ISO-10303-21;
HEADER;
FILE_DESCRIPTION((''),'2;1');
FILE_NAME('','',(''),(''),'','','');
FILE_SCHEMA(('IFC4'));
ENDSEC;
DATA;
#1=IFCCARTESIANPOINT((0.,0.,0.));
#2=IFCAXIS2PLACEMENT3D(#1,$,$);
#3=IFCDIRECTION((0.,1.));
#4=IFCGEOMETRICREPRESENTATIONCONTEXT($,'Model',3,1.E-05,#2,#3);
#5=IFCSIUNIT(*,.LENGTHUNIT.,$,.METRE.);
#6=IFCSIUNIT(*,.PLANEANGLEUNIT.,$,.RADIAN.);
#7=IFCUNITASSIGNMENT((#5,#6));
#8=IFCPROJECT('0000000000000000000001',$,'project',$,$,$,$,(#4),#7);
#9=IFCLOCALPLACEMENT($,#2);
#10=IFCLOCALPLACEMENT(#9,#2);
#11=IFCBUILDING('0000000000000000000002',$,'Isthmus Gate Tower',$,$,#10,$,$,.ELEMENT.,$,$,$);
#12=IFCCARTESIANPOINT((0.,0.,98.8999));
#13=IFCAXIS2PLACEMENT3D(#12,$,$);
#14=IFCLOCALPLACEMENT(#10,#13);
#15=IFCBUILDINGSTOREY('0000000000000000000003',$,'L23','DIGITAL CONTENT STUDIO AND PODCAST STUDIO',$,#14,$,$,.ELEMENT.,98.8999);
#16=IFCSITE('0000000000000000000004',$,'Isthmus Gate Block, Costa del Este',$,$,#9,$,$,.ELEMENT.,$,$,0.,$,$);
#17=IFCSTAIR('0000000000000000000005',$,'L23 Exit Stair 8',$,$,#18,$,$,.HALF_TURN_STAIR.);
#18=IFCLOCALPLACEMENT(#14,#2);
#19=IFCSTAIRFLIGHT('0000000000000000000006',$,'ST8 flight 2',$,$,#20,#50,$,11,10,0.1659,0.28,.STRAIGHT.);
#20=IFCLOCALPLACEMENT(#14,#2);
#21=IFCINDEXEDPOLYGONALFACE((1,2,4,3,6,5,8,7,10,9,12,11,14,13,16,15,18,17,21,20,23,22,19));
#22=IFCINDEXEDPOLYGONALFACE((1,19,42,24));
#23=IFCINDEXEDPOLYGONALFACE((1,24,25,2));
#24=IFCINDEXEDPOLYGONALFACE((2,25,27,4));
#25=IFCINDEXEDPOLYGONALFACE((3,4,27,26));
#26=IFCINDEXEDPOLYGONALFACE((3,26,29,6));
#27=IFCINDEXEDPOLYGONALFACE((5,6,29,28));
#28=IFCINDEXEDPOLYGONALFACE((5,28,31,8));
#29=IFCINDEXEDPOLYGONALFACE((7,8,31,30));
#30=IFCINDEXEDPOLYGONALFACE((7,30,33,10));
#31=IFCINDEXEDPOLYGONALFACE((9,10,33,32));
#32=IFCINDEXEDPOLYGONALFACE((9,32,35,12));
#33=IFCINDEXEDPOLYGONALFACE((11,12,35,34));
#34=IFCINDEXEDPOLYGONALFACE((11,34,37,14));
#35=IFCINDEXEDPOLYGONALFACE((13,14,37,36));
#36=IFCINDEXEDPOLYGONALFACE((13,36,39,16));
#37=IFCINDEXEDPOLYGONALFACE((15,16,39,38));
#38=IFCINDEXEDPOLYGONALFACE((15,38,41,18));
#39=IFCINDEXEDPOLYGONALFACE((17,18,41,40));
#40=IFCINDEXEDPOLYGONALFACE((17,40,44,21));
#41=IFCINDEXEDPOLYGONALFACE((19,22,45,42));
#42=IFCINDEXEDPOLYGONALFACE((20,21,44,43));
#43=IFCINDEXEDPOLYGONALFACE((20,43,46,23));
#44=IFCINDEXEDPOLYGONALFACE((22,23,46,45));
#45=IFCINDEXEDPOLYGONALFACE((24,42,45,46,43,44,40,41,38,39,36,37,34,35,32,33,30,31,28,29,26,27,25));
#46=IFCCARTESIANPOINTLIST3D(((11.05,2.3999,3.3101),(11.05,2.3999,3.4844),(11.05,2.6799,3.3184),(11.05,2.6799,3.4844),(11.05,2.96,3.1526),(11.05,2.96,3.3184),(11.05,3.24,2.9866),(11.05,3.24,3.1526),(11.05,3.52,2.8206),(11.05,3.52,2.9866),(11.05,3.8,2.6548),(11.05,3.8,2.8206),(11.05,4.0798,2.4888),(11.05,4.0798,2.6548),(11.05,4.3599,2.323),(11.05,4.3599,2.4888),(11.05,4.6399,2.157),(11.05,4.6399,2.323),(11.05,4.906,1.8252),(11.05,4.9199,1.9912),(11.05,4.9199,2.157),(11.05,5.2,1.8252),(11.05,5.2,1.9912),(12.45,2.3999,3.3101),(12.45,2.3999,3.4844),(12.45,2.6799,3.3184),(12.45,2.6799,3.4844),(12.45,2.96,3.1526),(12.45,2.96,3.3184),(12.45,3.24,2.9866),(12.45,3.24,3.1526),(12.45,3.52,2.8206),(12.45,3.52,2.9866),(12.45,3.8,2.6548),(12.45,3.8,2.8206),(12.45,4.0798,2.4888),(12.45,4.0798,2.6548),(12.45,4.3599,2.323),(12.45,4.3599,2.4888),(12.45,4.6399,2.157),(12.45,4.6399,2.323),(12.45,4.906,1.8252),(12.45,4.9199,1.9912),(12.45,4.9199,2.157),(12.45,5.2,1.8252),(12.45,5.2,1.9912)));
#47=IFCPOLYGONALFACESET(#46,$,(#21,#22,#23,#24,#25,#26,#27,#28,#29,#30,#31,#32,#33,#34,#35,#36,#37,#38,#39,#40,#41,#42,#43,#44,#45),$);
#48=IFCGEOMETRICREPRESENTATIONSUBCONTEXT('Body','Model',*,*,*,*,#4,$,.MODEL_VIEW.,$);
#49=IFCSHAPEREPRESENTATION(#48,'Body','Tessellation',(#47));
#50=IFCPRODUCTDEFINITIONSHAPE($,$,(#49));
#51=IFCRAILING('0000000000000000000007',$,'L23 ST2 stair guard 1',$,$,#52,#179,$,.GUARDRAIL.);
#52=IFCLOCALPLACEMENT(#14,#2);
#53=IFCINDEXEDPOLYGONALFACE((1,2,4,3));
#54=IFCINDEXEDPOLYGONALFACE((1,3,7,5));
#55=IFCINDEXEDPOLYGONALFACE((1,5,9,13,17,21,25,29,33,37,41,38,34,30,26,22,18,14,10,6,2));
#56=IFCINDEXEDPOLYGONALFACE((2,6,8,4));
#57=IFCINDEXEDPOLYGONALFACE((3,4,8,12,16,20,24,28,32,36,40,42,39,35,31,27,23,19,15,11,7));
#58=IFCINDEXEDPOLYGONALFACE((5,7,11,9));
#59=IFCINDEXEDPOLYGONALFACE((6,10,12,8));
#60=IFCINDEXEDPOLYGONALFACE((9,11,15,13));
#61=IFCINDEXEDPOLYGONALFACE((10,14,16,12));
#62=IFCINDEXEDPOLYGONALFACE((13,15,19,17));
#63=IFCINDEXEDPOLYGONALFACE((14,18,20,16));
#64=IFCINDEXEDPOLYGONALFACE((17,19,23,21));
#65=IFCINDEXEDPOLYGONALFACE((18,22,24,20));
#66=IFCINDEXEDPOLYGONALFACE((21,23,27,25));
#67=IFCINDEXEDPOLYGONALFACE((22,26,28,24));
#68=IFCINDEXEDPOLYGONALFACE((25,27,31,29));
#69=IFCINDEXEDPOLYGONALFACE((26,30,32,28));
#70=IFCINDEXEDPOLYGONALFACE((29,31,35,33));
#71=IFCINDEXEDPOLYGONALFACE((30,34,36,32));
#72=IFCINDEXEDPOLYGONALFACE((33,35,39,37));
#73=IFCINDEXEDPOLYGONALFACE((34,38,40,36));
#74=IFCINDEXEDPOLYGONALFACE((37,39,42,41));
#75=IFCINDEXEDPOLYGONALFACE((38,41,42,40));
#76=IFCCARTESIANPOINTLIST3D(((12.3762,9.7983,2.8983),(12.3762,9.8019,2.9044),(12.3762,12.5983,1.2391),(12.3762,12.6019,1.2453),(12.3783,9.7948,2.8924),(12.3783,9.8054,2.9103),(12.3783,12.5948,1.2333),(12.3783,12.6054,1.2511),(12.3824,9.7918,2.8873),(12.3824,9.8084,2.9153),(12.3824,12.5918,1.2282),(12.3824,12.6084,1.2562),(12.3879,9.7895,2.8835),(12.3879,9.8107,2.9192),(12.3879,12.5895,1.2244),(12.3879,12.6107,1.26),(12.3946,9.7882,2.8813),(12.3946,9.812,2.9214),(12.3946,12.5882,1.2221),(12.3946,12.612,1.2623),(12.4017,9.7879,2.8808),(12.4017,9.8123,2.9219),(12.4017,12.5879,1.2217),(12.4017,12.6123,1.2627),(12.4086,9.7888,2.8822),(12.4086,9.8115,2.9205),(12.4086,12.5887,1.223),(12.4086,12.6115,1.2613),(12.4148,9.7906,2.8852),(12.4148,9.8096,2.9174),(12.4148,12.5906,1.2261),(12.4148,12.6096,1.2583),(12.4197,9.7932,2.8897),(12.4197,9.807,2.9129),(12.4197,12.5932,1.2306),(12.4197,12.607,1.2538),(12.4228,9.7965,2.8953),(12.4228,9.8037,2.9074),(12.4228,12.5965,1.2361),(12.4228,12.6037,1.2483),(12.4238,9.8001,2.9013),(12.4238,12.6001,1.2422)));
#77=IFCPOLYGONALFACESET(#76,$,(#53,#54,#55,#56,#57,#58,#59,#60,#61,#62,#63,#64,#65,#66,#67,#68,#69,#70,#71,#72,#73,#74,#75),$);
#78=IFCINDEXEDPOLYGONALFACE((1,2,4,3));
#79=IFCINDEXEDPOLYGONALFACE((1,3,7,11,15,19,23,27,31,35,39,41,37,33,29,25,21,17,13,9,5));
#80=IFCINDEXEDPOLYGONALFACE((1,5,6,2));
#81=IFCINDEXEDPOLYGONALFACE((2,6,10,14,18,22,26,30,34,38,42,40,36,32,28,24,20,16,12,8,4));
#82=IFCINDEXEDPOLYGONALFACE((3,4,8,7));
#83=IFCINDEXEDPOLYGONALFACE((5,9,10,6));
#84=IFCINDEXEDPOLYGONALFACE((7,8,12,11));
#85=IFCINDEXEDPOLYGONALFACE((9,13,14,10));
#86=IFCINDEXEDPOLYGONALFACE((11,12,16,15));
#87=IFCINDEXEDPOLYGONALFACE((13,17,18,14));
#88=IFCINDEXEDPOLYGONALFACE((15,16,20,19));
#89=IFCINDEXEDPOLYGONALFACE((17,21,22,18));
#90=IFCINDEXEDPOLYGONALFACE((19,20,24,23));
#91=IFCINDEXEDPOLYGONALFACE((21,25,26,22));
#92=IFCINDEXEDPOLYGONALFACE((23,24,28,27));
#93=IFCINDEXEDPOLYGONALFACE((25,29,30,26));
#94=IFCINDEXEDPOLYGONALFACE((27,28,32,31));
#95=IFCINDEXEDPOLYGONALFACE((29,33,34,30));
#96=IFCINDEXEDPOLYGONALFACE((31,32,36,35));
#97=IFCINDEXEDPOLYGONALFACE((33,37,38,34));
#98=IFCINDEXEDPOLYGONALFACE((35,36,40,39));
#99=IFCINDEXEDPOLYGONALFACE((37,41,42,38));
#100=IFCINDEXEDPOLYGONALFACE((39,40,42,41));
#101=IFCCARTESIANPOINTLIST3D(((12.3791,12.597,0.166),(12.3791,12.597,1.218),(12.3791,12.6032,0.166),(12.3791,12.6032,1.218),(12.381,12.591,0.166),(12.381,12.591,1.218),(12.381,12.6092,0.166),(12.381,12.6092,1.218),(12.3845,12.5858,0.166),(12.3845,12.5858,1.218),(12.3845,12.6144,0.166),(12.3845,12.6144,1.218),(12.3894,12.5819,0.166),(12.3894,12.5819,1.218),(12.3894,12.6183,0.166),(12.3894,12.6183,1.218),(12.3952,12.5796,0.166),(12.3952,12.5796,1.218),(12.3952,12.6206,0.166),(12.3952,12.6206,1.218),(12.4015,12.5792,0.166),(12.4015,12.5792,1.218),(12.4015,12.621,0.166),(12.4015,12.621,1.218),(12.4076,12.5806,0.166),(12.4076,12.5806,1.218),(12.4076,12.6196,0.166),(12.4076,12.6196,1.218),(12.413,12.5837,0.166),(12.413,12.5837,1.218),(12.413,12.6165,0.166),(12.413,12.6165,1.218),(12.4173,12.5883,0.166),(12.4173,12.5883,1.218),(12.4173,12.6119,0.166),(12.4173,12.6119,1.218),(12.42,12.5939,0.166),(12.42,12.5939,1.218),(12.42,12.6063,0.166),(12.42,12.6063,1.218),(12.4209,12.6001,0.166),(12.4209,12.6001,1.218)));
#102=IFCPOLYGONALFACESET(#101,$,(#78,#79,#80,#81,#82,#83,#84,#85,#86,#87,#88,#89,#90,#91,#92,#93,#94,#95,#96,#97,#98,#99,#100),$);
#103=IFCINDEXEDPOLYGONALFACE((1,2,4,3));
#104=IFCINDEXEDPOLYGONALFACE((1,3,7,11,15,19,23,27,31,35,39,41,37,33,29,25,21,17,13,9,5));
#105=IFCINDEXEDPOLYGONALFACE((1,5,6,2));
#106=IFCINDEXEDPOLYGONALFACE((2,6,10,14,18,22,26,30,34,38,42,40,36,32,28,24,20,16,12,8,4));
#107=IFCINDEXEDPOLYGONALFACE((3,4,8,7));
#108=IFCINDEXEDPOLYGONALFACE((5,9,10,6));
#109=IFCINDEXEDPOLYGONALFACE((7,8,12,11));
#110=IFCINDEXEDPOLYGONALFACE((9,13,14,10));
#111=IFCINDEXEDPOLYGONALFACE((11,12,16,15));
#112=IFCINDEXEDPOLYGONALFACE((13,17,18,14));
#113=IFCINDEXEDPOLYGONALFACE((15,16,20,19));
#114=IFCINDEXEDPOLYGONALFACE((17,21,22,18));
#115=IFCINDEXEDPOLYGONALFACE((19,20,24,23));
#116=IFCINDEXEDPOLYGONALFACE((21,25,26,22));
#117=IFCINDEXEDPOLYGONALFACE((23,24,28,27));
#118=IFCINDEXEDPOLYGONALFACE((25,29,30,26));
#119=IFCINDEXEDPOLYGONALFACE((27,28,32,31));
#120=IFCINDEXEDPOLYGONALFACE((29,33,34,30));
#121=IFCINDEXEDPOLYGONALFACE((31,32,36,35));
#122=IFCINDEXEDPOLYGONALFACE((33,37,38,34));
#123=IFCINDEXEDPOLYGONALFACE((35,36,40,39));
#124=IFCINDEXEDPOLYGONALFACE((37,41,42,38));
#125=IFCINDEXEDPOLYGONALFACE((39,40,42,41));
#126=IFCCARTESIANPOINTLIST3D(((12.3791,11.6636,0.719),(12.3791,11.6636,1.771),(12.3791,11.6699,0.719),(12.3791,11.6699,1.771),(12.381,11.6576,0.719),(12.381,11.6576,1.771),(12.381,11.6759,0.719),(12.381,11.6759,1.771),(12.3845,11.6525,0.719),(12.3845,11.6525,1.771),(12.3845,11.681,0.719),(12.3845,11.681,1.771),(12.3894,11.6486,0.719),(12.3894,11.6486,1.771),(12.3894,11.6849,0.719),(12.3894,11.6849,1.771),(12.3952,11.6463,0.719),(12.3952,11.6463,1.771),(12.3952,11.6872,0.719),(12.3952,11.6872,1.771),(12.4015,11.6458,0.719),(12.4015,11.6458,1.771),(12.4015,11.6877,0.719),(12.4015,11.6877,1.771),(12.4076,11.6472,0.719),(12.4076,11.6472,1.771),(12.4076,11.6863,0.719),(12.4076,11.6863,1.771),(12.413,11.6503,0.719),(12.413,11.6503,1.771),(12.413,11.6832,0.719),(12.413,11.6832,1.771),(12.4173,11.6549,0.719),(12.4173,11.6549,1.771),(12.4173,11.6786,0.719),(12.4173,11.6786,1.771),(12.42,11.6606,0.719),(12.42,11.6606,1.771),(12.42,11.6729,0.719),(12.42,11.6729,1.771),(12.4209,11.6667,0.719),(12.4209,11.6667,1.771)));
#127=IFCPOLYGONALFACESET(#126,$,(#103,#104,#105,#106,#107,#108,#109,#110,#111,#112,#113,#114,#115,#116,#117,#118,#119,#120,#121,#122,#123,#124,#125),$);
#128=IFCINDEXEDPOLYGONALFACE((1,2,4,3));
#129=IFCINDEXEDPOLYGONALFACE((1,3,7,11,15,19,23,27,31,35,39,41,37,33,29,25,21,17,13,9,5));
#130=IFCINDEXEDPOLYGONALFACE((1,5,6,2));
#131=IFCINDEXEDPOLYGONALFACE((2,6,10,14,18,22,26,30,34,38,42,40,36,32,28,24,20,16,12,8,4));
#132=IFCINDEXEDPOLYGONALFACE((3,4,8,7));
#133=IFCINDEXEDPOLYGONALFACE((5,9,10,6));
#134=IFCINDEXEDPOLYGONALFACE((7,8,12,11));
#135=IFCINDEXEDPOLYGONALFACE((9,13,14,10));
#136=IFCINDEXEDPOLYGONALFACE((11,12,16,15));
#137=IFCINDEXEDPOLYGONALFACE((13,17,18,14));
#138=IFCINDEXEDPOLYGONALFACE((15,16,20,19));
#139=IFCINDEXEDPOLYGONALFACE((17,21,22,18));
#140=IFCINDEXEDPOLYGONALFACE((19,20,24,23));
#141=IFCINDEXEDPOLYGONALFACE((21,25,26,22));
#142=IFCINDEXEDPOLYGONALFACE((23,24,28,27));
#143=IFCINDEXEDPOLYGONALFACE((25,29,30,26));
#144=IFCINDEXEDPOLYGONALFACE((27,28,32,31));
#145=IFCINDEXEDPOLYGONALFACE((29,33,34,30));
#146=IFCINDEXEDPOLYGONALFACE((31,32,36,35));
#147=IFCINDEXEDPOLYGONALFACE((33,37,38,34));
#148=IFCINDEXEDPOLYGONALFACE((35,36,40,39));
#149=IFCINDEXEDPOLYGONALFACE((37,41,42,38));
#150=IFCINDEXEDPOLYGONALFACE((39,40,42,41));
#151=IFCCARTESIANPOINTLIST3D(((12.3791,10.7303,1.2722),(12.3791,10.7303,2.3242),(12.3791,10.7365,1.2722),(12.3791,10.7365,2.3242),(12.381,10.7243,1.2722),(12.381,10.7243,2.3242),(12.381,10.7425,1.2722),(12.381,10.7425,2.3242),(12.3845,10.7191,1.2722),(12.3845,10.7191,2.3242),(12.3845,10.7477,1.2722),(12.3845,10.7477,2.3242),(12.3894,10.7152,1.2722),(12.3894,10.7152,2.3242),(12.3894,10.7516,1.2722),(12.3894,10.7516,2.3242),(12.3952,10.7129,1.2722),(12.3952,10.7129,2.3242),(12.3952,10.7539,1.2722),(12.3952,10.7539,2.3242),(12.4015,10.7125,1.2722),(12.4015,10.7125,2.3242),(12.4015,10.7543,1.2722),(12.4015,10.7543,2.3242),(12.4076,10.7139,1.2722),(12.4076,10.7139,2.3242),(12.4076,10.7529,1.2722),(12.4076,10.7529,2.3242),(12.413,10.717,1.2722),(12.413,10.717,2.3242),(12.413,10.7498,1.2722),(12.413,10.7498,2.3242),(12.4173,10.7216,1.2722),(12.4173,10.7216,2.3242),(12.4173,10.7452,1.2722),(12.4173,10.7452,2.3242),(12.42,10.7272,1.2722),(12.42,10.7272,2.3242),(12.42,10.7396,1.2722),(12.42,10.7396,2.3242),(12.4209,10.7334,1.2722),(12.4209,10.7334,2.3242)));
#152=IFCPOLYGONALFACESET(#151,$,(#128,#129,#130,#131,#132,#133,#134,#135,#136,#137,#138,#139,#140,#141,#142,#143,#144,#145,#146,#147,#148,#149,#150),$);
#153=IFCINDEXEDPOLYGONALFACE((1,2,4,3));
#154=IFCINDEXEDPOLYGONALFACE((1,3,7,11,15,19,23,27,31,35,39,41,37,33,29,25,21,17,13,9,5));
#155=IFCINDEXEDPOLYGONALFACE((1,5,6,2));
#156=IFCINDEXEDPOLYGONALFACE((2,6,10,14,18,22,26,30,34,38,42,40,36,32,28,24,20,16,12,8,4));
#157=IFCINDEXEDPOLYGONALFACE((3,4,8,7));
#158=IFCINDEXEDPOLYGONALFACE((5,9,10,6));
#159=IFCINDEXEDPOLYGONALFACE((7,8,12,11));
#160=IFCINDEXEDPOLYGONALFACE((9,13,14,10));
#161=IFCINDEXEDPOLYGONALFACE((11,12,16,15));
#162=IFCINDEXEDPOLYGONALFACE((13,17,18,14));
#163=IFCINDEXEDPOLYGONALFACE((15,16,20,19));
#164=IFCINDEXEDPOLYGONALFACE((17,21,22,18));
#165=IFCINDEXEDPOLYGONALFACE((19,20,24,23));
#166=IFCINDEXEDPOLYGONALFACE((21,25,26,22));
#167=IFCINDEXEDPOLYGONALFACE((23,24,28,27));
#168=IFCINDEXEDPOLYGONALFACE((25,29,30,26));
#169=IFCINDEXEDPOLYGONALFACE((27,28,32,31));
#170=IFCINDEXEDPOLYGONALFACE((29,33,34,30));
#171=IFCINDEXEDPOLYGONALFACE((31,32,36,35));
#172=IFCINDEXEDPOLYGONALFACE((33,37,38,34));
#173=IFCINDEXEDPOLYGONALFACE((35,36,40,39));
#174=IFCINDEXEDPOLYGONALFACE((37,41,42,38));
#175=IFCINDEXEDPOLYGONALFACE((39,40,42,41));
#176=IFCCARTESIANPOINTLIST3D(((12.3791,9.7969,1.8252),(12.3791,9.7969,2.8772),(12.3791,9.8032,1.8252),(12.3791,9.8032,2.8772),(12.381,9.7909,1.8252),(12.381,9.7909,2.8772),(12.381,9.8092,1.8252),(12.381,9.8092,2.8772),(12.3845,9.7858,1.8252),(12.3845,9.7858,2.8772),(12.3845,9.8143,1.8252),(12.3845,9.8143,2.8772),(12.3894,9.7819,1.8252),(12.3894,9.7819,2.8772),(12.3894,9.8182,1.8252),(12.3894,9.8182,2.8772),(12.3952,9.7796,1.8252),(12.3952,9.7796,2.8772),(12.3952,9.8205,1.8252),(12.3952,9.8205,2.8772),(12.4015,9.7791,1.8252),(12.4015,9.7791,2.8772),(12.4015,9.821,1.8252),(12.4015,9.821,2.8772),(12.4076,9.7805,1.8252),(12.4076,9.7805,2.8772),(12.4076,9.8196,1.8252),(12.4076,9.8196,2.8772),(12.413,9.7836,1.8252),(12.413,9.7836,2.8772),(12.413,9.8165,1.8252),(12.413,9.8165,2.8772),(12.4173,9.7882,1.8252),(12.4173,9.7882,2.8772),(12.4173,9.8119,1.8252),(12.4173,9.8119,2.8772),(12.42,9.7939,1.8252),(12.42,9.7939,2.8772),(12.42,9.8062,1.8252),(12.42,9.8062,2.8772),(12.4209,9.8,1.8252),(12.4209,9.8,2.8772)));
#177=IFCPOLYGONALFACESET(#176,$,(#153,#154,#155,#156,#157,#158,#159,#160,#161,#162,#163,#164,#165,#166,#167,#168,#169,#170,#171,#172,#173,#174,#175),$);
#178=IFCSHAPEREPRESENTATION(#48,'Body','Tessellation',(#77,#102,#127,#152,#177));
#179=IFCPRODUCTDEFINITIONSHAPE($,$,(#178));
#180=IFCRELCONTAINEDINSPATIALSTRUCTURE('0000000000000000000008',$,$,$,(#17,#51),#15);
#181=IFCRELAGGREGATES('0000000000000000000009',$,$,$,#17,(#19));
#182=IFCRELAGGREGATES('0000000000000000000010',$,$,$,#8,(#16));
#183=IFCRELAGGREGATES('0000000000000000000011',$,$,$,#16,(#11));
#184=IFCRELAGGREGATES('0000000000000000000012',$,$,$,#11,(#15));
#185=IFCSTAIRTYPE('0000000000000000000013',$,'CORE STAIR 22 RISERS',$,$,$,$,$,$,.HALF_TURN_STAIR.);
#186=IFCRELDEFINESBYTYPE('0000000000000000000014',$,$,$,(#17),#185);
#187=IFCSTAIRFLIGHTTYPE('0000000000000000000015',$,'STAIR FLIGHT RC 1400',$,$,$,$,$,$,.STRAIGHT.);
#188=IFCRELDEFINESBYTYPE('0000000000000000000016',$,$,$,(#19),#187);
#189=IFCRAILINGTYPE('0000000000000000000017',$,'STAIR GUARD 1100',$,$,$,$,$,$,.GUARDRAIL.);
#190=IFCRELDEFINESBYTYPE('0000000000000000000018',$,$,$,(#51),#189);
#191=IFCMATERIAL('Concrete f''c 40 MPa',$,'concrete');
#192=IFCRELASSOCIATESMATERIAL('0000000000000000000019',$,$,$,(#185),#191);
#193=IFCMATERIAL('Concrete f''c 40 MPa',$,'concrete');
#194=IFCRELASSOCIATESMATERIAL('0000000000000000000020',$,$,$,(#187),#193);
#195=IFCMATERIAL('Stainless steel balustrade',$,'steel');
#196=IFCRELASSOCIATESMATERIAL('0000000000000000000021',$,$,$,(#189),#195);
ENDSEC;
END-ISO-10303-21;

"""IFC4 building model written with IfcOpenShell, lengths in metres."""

from ifc_helpers import new_model, si_unit, direction, frame, origin, origin_2d, place, context, subcontext, project, spatial, polyline, circle, outline, extrude, material, type_object, element, aggregate, save


model = new_model("IFC4")

# Units and contexts
model_context = context("Model", 3, precision=1e-05, world=origin(), true_north=direction((0.0, 1.0)))
body_context = subcontext(model_context, "Body", "Model", "MODEL_VIEW")
ifc_project = project(units=[si_unit("LENGTHUNIT", "METRE"), si_unit("PLANEANGLEUNIT", "RADIAN")], contexts=[model_context])

# Site, building, storey
site_placement = place(None, origin())
site = spatial("IfcSite", under=ifc_project, at=site_placement, Name="Isthmus Gate Block, Costa del Este", CompositionType="ELEMENT", RefElevation=0.0)
building_placement = place(site_placement, origin())
building = spatial("IfcBuilding", under=site, at=building_placement, Name="Isthmus Gate Tower", CompositionType="ELEMENT")
storey_placement = place(building_placement, frame((0.0, 0.0, 98.8999)))
storey = spatial("IfcBuildingStorey", under=building, at=storey_placement, Name="L23", Description="DIGITAL CONTENT STUDIO AND PODCAST STUDIO", CompositionType="ELEMENT", Elevation=98.8999)

# Shared definitions
ifc_material_1 = material(Name="Concrete f'c 40 MPa", Category="concrete")
stair_type = type_object("IfcStairType", Name="CORE STAIR 22 RISERS", PredefinedType="HALF_TURN_STAIR", material=ifc_material_1)
ifc_material_2 = material(Name="Concrete f'c 40 MPa", Category="concrete")
stair_flight_type = type_object("IfcStairFlightType", Name="STAIR FLIGHT RC 1400", PredefinedType="STRAIGHT", material=ifc_material_2)

# Stair, stair flight
stair_1_placement = place(storey_placement, origin())
stair_1 = element("IfcStair", 1, at=stair_1_placement, inside=storey, type_object=stair_type, Name="L23 Exit Stair 8", PredefinedType="HALF_TURN_STAIR")
stair_flight_1_placement = place(storey_placement, frame((11.75, 5.2, 1.8252), z_axis=(0.0, 0.0, 1.0), x_axis=(0.0, -1.0, 0.0)))
stair_flight_1 = element("IfcStairFlight", 2, at=stair_flight_1_placement, type_object=stair_flight_type, Name="ST8 flight 2", NumberOfRisers=11, NumberOfTreads=10, PredefinedType="STRAIGHT", RiserHeight=0.1659, TreadLength=0.28, context=body_context, shape_type="SweptSolid", body=[
    extrude(outline(polyline([(0.0, 0.0), (0.0, 0.166), (0.28, 0.166), (0.28, 0.3318), (0.5601, 0.3318), (0.5601, 0.4978), (0.8401, 0.4978), (0.8401, 0.6636), (1.1201, 0.6636), (1.1201, 0.8296), (1.3999, 0.8296), (1.3999, 0.9954), (1.6799, 0.9954), (1.6799, 1.1614), (1.96, 1.1614), (1.96, 1.3274), (2.24, 1.3274), (2.24, 1.4932), (2.52, 1.4932), (2.52, 1.6592), (2.8, 1.6592), (2.8, 1.825), (2.8, 1.4849), (0.2939, 0.0), (0.0, 0.0)])), frame((0.0, 0.7, 0.0), z_axis=(0.0, -1.0, 0.0), x_axis=(1.0, 0.0, 0.0)), (0.0, 0.0, 1.0), 1.3999),
])
aggregate(stair_1, [stair_flight_1])

# Railing
ifc_material_3 = material(Name="Stainless steel balustrade", Category="steel")
railing_type_1 = type_object("IfcRailingType", Name="STAIR GUARD 1100", PredefinedType="GUARDRAIL", material=ifc_material_3)
railing_1_placement = place(storey_placement, frame((12.3999, 12.6001, 0.166)))
element("IfcRailing", 3, at=railing_1_placement, inside=storey, type_object=railing_type_1, Name="L23 ST2 stair guard 1", PredefinedType="GUARDRAIL", context=body_context, shape_type="SweptSolid", body=[
    extrude(circle(Radius=0.0239, at=origin_2d()), frame((0.0, 0.0, 1.0762), z_axis=(0.0, -0.860306, 0.509778), x_axis=(1.0, 0.0, 0.0)), (0.0, 0.0, 1.0), 3.2546),
    extrude(circle(Radius=0.021, at=origin_2d()), origin(), (0.0, 0.0, 1.0), 1.052),
    extrude(circle(Radius=0.021, at=origin_2d()), frame((0.0, -0.9333, 0.553)), (0.0, 0.0, 1.0), 1.052),
    extrude(circle(Radius=0.021, at=origin_2d()), frame((0.0, -1.8667, 1.1062)), (0.0, 0.0, 1.0), 1.052),
    extrude(circle(Radius=0.021, at=origin_2d()), frame((0.0, -2.8, 1.6592)), (0.0, 0.0, 1.0), 1.052),
])

save(model, "model.ifc")
